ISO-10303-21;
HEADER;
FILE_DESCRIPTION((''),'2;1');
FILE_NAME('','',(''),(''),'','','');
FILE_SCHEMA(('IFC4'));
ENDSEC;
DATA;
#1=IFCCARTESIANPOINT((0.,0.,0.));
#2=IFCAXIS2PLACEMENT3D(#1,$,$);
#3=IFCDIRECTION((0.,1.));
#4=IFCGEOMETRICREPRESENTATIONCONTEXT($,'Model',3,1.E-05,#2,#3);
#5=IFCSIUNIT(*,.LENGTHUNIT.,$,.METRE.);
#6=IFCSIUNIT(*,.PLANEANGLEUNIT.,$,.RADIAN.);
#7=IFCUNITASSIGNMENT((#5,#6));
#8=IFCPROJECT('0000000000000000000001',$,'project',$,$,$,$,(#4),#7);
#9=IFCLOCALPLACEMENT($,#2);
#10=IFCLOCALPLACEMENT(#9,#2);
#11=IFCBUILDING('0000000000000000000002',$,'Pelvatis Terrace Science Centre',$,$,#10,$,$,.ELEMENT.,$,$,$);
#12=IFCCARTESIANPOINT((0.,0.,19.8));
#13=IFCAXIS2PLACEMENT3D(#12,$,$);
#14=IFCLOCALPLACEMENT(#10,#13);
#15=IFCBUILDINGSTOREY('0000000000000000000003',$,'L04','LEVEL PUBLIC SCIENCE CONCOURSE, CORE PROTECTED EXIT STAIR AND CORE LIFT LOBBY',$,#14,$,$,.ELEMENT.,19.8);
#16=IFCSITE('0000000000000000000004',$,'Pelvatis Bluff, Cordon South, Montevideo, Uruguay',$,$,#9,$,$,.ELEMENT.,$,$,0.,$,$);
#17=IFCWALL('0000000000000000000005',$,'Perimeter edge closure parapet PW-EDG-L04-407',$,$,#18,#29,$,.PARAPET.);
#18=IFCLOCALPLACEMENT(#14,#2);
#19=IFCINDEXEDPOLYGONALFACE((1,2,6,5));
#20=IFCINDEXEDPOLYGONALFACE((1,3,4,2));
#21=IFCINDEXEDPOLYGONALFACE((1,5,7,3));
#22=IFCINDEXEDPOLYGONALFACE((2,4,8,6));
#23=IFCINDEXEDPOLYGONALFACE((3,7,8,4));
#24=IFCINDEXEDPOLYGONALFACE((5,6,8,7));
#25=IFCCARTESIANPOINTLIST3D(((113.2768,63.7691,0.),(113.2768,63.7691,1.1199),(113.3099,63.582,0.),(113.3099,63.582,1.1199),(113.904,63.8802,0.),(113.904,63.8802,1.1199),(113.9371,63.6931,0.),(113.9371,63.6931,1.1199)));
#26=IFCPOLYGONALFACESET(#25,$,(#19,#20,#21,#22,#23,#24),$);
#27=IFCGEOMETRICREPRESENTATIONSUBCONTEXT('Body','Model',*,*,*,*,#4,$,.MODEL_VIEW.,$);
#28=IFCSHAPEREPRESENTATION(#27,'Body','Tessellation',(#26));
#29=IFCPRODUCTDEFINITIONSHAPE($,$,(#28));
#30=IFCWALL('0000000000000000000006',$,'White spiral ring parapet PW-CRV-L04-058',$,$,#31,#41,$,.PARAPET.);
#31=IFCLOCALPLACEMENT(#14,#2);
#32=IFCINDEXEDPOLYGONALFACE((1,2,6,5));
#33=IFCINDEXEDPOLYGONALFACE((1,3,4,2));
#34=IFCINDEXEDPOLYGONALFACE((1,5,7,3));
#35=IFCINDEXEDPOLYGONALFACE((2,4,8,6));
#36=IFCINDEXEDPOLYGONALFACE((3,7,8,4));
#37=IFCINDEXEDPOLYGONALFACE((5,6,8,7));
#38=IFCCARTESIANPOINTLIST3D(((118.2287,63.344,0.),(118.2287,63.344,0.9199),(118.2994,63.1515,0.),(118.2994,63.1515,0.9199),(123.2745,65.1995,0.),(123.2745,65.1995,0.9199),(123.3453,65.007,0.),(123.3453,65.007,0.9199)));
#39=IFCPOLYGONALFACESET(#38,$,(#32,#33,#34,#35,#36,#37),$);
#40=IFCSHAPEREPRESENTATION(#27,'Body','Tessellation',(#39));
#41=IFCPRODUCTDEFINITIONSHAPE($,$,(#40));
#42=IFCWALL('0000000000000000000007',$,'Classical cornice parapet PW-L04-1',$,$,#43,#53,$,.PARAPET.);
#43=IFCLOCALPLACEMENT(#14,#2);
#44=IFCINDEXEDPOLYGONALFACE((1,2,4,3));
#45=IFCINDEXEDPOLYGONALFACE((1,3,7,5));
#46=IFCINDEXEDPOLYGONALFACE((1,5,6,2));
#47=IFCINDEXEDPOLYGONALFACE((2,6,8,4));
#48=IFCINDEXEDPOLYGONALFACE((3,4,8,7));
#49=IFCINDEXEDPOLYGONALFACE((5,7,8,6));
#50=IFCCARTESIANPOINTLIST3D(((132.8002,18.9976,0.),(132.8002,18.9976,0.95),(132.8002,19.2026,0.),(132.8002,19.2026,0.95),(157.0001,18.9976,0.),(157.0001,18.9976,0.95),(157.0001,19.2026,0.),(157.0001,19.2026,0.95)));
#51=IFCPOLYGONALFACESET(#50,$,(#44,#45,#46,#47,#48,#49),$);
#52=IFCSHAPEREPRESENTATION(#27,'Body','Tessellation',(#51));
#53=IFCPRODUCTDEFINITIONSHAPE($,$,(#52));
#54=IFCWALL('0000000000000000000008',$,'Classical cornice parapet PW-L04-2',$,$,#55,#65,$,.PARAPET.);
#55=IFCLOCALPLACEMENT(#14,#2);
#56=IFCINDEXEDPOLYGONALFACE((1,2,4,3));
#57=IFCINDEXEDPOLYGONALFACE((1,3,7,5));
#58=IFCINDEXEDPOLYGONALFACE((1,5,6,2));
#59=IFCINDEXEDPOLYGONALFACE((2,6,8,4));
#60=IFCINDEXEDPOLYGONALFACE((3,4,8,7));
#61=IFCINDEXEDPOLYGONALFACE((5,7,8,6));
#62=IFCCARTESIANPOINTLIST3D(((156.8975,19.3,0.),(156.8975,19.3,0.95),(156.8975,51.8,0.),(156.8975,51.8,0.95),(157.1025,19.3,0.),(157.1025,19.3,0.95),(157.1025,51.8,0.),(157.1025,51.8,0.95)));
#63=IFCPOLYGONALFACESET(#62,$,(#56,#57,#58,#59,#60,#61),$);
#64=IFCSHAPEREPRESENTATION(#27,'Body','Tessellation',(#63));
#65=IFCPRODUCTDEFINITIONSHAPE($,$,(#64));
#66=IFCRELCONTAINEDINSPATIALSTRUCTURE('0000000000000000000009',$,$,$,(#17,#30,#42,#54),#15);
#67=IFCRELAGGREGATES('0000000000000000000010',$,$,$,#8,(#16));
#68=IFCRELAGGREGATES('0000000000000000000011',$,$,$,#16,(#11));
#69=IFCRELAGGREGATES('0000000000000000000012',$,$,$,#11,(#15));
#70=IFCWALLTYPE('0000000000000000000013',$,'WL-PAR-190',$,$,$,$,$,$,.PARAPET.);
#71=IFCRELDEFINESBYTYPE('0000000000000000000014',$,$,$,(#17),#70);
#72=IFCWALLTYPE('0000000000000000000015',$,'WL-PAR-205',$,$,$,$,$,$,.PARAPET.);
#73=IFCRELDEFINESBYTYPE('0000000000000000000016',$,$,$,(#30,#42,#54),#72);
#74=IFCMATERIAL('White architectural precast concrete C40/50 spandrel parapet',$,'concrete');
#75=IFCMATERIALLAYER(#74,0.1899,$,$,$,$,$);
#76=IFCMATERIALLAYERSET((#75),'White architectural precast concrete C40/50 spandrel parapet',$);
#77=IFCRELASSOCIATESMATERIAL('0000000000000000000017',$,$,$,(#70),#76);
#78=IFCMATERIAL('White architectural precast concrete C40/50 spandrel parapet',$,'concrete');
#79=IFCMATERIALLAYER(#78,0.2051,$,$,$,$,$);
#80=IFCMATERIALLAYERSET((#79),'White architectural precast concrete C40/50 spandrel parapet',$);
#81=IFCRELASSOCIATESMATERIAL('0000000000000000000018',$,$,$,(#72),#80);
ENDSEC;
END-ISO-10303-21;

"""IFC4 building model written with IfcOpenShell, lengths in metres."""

from ifc_helpers import new_model, si_unit, direction, frame, frame_2d, origin, place, context, subcontext, project, spatial, rectangle, extrude, material, layer, layer_set, type_object, element, save


model = new_model("IFC4")

# Units and contexts
model_context = context("Model", 3, precision=1e-05, world=origin(), true_north=direction((0.0, 1.0)))
body_context = subcontext(model_context, "Body", "Model", "MODEL_VIEW")
ifc_project = project(units=[si_unit("LENGTHUNIT", "METRE"), si_unit("PLANEANGLEUNIT", "RADIAN")], contexts=[model_context])

# Site, building, storey
site_placement = place(None, origin())
site = spatial("IfcSite", under=ifc_project, at=site_placement, Name="Pelvatis Bluff, Cordon South, Montevideo, Uruguay", CompositionType="ELEMENT", RefElevation=0.0)
building_placement = place(site_placement, origin())
building = spatial("IfcBuilding", under=site, at=building_placement, Name="Pelvatis Terrace Science Centre", CompositionType="ELEMENT")
storey_placement = place(building_placement, frame((0.0, 0.0, 19.8)))
storey = spatial("IfcBuildingStorey", under=building, at=storey_placement, Name="L04", Description="LEVEL PUBLIC SCIENCE CONCOURSE, CORE PROTECTED EXIT STAIR AND CORE LIFT LOBBY", CompositionType="ELEMENT", Elevation=19.8)

# Walls
ifc_material_1 = material(Name="White architectural precast concrete C40/50 spandrel parapet", Category="concrete")
ifc_layer_1 = layer(ifc_material_1, 0.1899)
ifc_layer_set_1 = layer_set([ifc_layer_1], Name="White architectural precast concrete C40/50 spandrel parapet")
wall_type_1 = type_object("IfcWallType", Name="WL-PAR-190", PredefinedType="PARAPET", material=ifc_layer_set_1)
wall_1_placement = place(storey_placement, frame((113.9204, 63.7866, 0.0), z_axis=(0.0, 0.0, 1.0), x_axis=(-0.984675, -0.174398, 0.0)))
element("IfcWall", 1, at=wall_1_placement, inside=storey, type_object=wall_type_1, Name="Perimeter edge closure parapet PW-EDG-L04-407", PredefinedType="PARAPET", context=body_context, shape_type="SweptSolid", body=[
    extrude(rectangle(XDim=0.637, YDim=0.1899, at=frame_2d((0.3184, 0.0))), origin(), (0.0, 0.0, 1.0), 1.1199),
])
ifc_material_2 = material(Name="White architectural precast concrete C40/50 spandrel parapet", Category="concrete")
ifc_layer_2 = layer(ifc_material_2, 0.2051)
ifc_layer_set_2 = layer_set([ifc_layer_2], Name="White architectural precast concrete C40/50 spandrel parapet")
wall_type_2 = type_object("IfcWallType", Name="WL-PAR-205", PredefinedType="PARAPET", material=ifc_layer_set_2)
wall_2_placement = place(storey_placement, frame((118.2642, 63.2478, 0.0), z_axis=(0.0, 0.0, 1.0), x_axis=(0.938557, 0.345124, 0.0)))
element("IfcWall", 2, at=wall_2_placement, inside=storey, type_object=wall_type_2, Name="White spiral ring parapet PW-CRV-L04-058", PredefinedType="PARAPET", context=body_context, shape_type="SweptSolid", body=[
    extrude(rectangle(XDim=5.3762, YDim=0.2051, at=frame_2d((2.688, 0.0))), origin(), (0.0, 0.0, 1.0), 0.9199),
])
wall_3_placement = place(storey_placement, frame((132.8, 19.1001, 0.0), z_axis=(0.0, 0.0, 1.0), x_axis=(1.0, 0.0, 0.0)))
element("IfcWall", 3, at=wall_3_placement, inside=storey, type_object=wall_type_2, Name="Classical cornice parapet PW-L04-1", PredefinedType="PARAPET", context=body_context, shape_type="SweptSolid", body=[
    extrude(rectangle(XDim=24.2, YDim=0.2051, at=frame_2d((12.1001, 0.0))), origin(), (0.0, 0.0, 1.0), 0.95),
])
wall_4_placement = place(storey_placement, frame((157.0, 19.3, 0.0), z_axis=(0.0, 0.0, 1.0), x_axis=(0.0, 1.0, 0.0)))
element("IfcWall", 4, at=wall_4_placement, inside=storey, type_object=wall_type_2, Name="Classical cornice parapet PW-L04-2", PredefinedType="PARAPET", context=body_context, shape_type="SweptSolid", body=[
    extrude(rectangle(XDim=32.5, YDim=0.2051, at=frame_2d((16.25, 0.0))), origin(), (0.0, 0.0, 1.0), 0.95),
])

save(model, "model.ifc")
